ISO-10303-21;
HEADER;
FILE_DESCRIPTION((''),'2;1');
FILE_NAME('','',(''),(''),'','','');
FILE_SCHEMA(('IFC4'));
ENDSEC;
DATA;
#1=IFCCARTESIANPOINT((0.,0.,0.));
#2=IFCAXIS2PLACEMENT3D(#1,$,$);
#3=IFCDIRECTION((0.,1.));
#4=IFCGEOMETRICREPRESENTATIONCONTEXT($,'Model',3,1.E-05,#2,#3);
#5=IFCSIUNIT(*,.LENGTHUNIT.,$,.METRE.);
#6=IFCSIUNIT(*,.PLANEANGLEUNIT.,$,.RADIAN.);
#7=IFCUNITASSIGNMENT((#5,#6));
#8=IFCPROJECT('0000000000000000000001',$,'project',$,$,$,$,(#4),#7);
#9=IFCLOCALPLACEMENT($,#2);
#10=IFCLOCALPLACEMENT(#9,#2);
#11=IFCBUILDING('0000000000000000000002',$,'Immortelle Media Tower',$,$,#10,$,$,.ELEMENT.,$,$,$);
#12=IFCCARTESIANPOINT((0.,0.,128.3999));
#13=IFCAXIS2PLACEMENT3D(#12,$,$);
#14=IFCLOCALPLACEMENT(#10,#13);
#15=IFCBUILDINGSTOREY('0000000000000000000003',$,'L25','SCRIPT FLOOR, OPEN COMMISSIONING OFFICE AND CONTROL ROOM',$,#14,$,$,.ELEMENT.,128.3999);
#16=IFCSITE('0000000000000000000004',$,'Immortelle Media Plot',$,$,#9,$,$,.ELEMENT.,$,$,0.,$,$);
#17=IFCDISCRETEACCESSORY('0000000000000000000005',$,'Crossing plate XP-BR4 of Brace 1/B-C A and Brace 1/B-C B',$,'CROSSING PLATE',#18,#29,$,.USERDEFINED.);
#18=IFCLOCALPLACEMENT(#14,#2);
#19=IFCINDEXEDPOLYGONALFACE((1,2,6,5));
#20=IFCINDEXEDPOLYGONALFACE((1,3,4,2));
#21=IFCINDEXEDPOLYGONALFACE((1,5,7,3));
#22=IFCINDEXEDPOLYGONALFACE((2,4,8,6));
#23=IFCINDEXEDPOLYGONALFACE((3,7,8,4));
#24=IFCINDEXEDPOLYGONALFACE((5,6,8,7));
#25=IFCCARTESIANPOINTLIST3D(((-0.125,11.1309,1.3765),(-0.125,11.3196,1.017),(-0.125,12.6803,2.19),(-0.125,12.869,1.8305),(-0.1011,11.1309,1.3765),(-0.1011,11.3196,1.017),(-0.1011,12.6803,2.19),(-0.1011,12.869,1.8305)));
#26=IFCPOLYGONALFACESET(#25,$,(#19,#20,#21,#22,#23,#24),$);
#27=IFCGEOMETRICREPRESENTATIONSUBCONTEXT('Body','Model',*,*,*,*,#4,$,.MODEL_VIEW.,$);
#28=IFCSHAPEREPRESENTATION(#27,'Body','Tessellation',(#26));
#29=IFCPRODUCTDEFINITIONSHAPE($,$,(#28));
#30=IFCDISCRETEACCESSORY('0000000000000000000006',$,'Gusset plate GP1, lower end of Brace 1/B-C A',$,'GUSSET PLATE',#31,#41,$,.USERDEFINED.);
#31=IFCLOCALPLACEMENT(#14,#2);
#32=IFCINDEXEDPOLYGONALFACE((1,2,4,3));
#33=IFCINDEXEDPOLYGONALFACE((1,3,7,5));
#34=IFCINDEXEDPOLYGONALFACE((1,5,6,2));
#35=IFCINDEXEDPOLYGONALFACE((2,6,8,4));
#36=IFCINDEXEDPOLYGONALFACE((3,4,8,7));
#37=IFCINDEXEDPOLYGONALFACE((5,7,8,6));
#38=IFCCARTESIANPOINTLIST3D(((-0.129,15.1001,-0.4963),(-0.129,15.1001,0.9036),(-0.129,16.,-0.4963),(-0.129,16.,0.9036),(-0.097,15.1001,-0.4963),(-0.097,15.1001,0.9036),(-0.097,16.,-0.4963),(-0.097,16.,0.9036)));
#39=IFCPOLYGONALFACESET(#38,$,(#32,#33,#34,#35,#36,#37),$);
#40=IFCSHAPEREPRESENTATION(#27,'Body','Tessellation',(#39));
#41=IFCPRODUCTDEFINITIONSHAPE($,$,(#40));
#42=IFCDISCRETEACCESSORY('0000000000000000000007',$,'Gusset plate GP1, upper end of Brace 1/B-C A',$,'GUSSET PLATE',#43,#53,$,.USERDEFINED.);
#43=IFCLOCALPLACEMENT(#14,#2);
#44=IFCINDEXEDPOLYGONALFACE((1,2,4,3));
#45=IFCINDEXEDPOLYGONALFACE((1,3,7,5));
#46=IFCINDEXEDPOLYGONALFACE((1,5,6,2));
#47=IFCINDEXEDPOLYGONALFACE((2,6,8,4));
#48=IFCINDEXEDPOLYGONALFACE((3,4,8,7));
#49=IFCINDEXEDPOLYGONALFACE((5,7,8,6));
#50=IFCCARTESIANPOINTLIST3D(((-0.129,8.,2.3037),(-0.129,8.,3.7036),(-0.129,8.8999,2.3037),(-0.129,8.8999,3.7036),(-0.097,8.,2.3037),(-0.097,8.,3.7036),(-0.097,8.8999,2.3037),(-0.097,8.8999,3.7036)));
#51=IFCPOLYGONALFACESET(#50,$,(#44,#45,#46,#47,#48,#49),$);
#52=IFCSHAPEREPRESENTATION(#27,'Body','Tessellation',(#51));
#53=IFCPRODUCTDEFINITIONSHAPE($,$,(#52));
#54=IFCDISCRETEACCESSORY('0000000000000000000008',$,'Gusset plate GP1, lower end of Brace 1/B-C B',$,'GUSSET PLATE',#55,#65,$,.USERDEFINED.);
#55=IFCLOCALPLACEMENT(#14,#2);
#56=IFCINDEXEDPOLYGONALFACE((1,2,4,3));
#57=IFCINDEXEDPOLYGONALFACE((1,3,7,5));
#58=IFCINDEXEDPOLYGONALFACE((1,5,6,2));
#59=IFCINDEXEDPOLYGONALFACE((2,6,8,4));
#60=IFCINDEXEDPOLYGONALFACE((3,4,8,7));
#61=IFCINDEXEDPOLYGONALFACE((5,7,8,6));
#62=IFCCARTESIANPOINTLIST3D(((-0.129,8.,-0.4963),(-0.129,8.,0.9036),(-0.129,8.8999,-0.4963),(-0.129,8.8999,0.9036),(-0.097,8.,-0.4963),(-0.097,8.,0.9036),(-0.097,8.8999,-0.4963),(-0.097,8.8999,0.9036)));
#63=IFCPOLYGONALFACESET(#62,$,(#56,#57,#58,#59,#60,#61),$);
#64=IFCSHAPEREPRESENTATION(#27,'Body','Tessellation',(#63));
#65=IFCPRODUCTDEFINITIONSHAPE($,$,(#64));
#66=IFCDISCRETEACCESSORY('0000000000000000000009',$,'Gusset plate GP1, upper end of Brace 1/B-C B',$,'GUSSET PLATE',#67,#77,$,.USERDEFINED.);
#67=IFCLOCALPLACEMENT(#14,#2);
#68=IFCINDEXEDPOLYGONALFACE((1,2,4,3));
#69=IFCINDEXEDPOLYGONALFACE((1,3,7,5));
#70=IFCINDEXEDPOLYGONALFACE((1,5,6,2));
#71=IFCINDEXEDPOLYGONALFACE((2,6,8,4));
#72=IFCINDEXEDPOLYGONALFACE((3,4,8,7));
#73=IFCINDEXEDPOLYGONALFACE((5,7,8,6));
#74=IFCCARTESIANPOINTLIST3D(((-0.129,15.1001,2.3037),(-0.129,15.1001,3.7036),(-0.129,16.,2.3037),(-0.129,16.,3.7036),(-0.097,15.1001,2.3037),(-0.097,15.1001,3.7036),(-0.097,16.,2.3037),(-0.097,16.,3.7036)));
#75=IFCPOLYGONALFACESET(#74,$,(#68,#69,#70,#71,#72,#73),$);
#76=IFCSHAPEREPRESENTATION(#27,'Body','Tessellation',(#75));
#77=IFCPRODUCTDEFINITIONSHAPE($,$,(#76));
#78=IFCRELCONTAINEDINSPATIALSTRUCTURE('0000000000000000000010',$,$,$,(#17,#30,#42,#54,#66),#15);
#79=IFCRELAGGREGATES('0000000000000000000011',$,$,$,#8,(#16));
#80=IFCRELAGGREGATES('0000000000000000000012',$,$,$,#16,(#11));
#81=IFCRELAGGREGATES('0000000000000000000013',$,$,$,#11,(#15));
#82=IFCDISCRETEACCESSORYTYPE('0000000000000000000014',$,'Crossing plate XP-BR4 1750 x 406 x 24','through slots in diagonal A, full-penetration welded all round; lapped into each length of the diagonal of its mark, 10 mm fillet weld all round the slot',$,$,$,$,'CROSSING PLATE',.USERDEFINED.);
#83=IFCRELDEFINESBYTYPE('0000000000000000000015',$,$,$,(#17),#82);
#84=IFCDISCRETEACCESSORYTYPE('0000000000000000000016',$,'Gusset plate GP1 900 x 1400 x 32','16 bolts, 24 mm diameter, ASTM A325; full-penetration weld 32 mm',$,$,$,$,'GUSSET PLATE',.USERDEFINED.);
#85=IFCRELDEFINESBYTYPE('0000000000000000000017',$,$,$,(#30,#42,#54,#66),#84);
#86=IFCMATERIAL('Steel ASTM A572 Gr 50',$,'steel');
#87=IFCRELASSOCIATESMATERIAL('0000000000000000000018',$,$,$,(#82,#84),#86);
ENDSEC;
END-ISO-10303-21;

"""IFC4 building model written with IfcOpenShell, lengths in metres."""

from ifc_helpers import new_model, si_unit, direction, frame, origin, origin_2d, place, context, subcontext, project, spatial, rectangle, extrude, material, material_profile, profile_set, type_object, element, save


model = new_model("IFC4")

# Units and contexts
model_context = context("Model", 3, precision=1e-05, world=origin(), true_north=direction((0.0, 1.0)))
body_context = subcontext(model_context, "Body", "Model", "MODEL_VIEW")
ifc_project = project(units=[si_unit("LENGTHUNIT", "METRE"), si_unit("PLANEANGLEUNIT", "RADIAN")], contexts=[model_context])

# Site, building, storey
site_placement = place(None, origin())
site = spatial("IfcSite", under=ifc_project, at=site_placement, Name="Immortelle Media Plot", CompositionType="ELEMENT", RefElevation=0.0)
building_placement = place(site_placement, origin())
building = spatial("IfcBuilding", under=site, at=building_placement, Name="Immortelle Media Tower", CompositionType="ELEMENT")
storey_placement = place(building_placement, frame((0.0, 0.0, 128.3999)))
storey = spatial("IfcBuildingStorey", under=building, at=storey_placement, Name="L25", Description="SCRIPT FLOOR, OPEN COMMISSIONING OFFICE AND CONTROL ROOM", CompositionType="ELEMENT", Elevation=128.3999)

# Discrete accessories
ifc_material_1 = material(Name="Steel ASTM A572 Gr 50", Category="steel")
ifc_material_profile_1 = material_profile(ifc_material_1, rectangle(XDim=0.0239, YDim=0.406, at=origin_2d()), Name="PL 24 x 406")
ifc_profile_set_1 = profile_set([ifc_material_profile_1], Name="Steel ASTM A572 Gr 50")
discrete_accessory_type_1 = type_object("IfcDiscreteAccessoryType", Name="Crossing plate XP-BR4 1750 x 406 x 24", Description="through slots in diagonal A, full-penetration welded all round; lapped into each length of the diagonal of its mark, 10 mm fillet weld all round the slot", ElementType="CROSSING PLATE", PredefinedType="USERDEFINED", material=ifc_profile_set_1)
discrete_accessory_placement = place(storey_placement, frame((-0.113, 12.7747, 2.0103), z_axis=(0.0, -0.885378, -0.464872), x_axis=(1.0, 0.0, 0.0)))
element("IfcDiscreteAccessory", 1, at=discrete_accessory_placement, inside=storey, type_object=discrete_accessory_type_1, Name="Crossing plate XP-BR4 of Brace 1/B-C A and Brace 1/B-C B", ObjectType="CROSSING PLATE", PredefinedType="USERDEFINED", context=body_context, shape_type="SweptSolid", body=[
    extrude(rectangle(XDim=0.0239, YDim=0.406, at=origin_2d()), origin(), (0.0, 0.0, 1.0), 1.75),
])
ifc_material_profile_2 = material_profile(ifc_material_1, rectangle(XDim=0.032, YDim=1.3999, at=origin_2d()), Name="PL 32 x 1400")
ifc_profile_set_2 = profile_set([ifc_material_profile_2], Name="Steel ASTM A572 Gr 50")
discrete_accessory_type_2 = type_object("IfcDiscreteAccessoryType", Name="Gusset plate GP1 900 x 1400 x 32", Description="16 bolts, 24 mm diameter, ASTM A325; full-penetration weld 32 mm", ElementType="GUSSET PLATE", PredefinedType="USERDEFINED", material=ifc_profile_set_2)
for number, where, z_axis, x_axis, name in (
    (2, (-0.113, 16.0, 0.2036), (0.0, -1.0, 0.0), (1.0, 0.0, 0.0), "Gusset plate GP1, lower end of Brace 1/B-C A"),
    (3, (-0.113, 8.0, 3.0037), (0.0, 1.0, 0.0), (-1.0, 0.0, 0.0), "Gusset plate GP1, upper end of Brace 1/B-C A"),
    (4, (-0.113, 8.0, 0.2036), (0.0, 1.0, 0.0), (-1.0, 0.0, 0.0), "Gusset plate GP1, lower end of Brace 1/B-C B"),
    (5, (-0.113, 16.0, 3.0037), (0.0, -1.0, 0.0), (1.0, 0.0, 0.0), "Gusset plate GP1, upper end of Brace 1/B-C B"),
):
    element("IfcDiscreteAccessory", number, at=place(storey_placement, frame(where, z_axis=z_axis, x_axis=x_axis)), inside=storey, type_object=discrete_accessory_type_2, Name=name, ObjectType="GUSSET PLATE", PredefinedType="USERDEFINED", context=body_context, shape_type="SweptSolid", body=[
        extrude(rectangle(XDim=0.032, YDim=1.3999, at=origin_2d()), origin(), (0.0, 0.0, 1.0), 0.8999),
    ])

save(model, "model.ifc")
